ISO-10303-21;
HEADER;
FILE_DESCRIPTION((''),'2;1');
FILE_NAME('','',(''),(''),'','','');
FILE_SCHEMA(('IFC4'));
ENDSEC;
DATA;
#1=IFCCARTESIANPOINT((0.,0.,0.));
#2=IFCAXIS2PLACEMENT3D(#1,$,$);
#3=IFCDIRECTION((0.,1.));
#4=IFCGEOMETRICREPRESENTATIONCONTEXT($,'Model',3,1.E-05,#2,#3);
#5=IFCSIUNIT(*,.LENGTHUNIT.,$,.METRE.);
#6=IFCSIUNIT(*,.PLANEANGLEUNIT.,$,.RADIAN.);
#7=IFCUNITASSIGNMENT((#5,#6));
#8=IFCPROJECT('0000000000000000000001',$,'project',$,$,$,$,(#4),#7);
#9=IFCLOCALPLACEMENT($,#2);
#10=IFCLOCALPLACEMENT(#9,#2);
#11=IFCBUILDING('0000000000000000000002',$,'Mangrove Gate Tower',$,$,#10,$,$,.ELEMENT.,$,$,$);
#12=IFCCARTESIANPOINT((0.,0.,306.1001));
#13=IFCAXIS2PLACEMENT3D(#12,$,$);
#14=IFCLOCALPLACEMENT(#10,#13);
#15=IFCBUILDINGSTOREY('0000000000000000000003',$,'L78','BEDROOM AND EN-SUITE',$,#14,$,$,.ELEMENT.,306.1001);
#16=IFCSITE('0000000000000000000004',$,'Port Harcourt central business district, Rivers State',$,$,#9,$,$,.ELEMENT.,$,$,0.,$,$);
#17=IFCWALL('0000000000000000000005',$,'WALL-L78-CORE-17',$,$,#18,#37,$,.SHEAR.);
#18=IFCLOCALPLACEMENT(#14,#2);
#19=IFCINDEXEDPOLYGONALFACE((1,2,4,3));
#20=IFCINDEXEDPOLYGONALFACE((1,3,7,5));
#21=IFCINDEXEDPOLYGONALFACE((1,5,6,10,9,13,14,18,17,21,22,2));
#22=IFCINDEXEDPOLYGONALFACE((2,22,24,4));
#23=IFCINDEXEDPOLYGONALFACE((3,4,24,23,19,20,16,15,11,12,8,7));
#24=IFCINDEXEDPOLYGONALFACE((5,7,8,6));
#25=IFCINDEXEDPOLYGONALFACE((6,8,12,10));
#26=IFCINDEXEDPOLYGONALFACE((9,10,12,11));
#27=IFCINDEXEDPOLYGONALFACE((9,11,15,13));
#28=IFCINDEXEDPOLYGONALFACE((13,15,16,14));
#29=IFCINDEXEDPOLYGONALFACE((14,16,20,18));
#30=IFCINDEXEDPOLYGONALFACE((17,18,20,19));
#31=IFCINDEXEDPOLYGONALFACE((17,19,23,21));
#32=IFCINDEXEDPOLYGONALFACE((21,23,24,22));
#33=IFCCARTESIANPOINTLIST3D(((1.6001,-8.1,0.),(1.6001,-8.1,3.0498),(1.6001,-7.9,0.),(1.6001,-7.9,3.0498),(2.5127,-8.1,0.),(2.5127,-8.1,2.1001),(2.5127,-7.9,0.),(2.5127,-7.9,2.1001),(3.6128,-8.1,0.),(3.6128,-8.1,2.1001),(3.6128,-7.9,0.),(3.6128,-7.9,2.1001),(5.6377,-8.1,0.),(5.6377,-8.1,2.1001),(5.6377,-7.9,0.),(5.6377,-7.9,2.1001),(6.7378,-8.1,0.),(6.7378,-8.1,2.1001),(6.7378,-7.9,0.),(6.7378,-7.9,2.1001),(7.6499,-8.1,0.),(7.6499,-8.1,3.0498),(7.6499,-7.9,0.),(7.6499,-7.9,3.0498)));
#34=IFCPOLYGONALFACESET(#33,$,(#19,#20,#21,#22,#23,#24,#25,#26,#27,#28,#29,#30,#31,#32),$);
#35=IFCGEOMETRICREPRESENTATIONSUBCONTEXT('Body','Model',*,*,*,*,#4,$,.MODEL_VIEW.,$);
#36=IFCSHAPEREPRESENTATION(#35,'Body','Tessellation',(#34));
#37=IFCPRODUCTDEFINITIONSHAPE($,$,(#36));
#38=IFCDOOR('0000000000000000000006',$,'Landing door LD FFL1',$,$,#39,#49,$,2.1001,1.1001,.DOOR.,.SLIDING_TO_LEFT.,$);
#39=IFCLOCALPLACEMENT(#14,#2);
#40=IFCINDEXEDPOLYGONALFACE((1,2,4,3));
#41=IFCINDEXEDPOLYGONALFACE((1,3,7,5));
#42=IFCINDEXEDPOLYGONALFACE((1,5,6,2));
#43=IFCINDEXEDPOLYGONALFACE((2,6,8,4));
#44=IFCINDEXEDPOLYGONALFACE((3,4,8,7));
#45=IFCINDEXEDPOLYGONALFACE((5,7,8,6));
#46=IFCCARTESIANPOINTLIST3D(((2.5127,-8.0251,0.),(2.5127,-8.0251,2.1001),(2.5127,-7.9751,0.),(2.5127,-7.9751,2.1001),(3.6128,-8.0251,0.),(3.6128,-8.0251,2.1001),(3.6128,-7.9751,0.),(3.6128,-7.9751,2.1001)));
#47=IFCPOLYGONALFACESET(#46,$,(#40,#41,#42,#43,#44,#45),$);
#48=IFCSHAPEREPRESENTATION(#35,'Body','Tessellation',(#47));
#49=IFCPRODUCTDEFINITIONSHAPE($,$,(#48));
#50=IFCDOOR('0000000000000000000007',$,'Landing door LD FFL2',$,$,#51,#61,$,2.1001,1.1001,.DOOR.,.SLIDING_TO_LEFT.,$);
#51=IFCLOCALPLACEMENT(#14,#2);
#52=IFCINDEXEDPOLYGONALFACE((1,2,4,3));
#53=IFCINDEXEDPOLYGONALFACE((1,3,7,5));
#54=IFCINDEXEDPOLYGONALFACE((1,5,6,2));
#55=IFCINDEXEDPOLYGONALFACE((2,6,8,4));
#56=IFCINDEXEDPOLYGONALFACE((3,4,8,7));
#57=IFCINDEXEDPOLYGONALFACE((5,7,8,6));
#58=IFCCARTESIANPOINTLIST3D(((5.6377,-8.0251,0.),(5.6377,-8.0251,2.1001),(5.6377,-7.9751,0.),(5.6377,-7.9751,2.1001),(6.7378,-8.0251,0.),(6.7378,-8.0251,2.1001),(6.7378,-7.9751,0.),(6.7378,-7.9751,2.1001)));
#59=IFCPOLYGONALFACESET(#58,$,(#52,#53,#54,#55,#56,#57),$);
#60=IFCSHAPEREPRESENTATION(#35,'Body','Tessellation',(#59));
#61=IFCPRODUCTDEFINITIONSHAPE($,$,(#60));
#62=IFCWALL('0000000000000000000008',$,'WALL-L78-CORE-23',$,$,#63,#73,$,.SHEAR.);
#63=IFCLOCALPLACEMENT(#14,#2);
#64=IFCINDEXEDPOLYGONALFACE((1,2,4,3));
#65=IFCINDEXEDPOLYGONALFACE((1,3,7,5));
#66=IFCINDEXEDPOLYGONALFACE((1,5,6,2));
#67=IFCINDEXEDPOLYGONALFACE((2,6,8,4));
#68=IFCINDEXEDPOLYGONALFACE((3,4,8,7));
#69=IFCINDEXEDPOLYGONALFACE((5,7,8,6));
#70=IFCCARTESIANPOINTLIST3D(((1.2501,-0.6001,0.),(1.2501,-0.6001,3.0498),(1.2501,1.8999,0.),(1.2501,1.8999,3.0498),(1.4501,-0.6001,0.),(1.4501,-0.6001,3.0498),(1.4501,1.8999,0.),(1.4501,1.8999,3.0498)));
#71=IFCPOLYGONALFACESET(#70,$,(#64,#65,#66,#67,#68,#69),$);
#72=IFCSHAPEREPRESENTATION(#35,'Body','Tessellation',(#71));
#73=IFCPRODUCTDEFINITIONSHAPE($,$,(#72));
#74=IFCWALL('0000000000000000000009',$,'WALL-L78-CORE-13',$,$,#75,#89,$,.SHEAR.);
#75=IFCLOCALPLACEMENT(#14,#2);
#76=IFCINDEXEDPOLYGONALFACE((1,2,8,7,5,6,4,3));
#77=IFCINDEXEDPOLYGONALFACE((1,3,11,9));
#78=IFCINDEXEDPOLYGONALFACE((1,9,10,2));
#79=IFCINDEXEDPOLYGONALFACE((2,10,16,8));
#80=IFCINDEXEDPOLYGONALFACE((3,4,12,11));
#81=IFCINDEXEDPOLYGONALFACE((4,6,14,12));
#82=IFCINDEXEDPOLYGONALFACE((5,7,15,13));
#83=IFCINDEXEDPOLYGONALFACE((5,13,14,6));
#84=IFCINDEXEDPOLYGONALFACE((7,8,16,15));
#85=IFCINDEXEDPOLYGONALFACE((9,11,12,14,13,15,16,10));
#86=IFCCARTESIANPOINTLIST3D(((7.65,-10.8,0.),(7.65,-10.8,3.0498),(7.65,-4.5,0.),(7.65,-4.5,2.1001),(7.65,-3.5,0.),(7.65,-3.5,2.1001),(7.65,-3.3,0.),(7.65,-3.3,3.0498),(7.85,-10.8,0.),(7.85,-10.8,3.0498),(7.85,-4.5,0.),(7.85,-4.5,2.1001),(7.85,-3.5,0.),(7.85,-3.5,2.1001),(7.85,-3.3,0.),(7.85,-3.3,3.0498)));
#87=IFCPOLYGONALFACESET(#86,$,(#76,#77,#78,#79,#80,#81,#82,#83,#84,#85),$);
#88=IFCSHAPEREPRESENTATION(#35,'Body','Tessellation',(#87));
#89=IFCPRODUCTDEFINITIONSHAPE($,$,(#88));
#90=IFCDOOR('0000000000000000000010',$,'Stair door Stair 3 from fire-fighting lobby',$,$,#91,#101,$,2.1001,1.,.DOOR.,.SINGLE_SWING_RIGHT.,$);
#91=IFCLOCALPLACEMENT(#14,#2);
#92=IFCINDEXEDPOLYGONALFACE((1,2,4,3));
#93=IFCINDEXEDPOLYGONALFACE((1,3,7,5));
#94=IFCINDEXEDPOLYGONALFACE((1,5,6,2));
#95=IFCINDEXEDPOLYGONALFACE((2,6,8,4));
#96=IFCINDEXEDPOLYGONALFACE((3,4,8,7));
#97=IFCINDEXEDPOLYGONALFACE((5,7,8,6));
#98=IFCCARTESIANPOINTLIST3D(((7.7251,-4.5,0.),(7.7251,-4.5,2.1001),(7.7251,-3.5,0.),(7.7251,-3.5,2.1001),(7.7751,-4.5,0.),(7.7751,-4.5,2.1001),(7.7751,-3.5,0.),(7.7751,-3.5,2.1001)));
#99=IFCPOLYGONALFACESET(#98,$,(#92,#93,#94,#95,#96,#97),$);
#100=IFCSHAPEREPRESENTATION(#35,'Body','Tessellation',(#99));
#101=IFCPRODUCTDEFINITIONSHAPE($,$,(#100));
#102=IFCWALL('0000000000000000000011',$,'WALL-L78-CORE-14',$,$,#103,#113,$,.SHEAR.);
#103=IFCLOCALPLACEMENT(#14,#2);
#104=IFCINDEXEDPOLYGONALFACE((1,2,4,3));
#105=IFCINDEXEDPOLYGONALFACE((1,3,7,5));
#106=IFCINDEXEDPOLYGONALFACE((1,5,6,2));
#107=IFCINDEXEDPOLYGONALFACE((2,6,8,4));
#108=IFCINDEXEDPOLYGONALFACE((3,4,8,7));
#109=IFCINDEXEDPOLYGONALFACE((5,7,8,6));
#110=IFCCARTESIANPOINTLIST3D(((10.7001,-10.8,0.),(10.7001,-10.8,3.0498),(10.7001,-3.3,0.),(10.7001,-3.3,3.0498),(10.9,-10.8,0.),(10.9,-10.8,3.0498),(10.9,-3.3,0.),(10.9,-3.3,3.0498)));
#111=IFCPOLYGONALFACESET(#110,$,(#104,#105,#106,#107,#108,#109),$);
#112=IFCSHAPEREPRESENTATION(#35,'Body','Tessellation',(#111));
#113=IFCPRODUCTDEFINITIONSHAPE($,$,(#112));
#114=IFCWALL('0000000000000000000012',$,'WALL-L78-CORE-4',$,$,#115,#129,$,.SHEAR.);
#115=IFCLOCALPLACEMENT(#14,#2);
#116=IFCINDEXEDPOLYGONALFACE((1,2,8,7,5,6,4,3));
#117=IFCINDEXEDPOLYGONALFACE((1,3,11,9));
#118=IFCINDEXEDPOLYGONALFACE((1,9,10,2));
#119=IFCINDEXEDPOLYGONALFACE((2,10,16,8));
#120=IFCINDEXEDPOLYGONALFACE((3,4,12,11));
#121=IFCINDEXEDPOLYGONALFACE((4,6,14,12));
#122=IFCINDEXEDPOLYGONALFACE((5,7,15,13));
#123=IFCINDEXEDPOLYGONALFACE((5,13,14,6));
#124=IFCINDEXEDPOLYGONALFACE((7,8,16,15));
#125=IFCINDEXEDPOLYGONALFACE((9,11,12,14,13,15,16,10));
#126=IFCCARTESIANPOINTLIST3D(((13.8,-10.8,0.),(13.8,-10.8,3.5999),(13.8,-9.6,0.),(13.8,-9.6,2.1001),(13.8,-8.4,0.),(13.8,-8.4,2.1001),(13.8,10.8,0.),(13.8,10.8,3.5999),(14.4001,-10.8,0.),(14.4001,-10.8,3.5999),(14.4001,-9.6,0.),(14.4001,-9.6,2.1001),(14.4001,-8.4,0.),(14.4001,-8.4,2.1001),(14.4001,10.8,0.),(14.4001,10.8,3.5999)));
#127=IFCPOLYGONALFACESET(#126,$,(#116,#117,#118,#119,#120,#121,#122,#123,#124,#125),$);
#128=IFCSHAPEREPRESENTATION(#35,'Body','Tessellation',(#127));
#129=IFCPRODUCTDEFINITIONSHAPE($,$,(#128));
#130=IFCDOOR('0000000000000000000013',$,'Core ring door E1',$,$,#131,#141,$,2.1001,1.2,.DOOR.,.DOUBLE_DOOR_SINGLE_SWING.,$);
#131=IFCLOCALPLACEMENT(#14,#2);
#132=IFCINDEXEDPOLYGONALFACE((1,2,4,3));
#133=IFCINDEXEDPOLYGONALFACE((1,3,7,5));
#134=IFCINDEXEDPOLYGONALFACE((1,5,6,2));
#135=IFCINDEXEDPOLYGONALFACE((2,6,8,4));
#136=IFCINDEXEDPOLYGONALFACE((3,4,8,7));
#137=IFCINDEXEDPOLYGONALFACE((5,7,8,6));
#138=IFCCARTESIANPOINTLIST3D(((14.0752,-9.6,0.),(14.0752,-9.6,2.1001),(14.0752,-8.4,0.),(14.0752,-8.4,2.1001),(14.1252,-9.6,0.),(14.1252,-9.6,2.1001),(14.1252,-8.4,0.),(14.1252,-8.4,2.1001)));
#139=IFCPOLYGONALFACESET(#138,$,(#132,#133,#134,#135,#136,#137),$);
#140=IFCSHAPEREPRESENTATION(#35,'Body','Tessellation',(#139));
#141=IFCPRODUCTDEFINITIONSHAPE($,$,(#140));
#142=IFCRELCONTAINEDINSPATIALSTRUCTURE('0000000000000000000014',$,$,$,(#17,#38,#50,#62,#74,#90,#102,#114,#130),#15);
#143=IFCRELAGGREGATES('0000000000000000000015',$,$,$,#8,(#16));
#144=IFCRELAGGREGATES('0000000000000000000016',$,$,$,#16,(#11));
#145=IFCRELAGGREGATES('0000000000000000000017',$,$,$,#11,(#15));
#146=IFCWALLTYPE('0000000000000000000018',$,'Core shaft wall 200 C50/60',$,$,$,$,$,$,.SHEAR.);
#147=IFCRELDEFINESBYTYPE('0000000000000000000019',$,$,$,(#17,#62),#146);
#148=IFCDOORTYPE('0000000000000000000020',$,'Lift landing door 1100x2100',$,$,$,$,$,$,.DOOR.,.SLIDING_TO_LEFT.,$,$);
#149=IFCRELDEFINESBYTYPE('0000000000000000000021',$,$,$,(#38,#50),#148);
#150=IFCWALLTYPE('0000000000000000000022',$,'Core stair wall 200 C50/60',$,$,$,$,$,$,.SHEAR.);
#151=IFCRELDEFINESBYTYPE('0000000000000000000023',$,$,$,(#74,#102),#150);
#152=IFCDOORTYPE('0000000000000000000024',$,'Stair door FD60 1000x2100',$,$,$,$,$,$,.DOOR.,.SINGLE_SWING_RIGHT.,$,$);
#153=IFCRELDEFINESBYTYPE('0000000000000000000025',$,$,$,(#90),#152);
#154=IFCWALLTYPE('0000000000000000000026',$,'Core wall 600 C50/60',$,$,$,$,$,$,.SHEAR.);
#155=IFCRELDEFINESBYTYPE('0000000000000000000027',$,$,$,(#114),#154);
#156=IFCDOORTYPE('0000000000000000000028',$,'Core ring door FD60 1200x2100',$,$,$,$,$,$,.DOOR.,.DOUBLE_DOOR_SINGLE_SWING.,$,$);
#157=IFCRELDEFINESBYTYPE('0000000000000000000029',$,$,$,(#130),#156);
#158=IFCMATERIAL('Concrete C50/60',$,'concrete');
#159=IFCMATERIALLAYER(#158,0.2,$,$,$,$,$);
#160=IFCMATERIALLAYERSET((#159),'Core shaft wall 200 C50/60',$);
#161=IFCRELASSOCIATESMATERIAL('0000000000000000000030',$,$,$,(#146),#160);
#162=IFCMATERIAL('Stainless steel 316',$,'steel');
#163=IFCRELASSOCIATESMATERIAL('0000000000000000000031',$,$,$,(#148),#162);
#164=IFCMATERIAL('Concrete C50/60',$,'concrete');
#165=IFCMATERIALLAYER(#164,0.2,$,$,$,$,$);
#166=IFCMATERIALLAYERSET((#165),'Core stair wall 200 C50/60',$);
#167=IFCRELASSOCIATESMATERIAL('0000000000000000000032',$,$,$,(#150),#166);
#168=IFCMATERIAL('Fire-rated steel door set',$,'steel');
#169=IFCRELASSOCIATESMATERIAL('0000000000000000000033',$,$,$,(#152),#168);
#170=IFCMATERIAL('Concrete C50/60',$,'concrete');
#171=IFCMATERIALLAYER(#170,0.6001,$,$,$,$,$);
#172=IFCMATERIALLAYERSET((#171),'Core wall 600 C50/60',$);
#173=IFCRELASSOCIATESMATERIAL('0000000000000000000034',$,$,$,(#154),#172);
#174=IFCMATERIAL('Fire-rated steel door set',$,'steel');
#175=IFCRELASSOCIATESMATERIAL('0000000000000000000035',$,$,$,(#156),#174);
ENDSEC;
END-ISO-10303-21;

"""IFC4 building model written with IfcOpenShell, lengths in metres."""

from ifc_helpers import new_model, si_unit, direction, frame, frame_2d, origin, place, context, subcontext, project, spatial, rectangle, extrude, material, layer, layer_set, type_object, element, fill, save


model = new_model("IFC4")

# Units and contexts
model_context = context("Model", 3, precision=1e-05, world=origin(), true_north=direction((0.0, 1.0)))
body_context = subcontext(model_context, "Body", "Model", "MODEL_VIEW")
ifc_project = project(units=[si_unit("LENGTHUNIT", "METRE"), si_unit("PLANEANGLEUNIT", "RADIAN")], contexts=[model_context])

# Site, building, storey
site_placement = place(None, origin())
site = spatial("IfcSite", under=ifc_project, at=site_placement, Name="Port Harcourt central business district, Rivers State", CompositionType="ELEMENT", RefElevation=0.0)
building_placement = place(site_placement, origin())
building = spatial("IfcBuilding", under=site, at=building_placement, Name="Mangrove Gate Tower", CompositionType="ELEMENT")
storey_placement = place(building_placement, frame((0.0, 0.0, 306.1001)))
storey = spatial("IfcBuildingStorey", under=building, at=storey_placement, Name="L78", Description="BEDROOM AND EN-SUITE", CompositionType="ELEMENT", Elevation=306.1001)

# Wall, openings, doors
ifc_material_1 = material(Name="Concrete C50/60", Category="concrete")
ifc_layer_1 = layer(ifc_material_1, 0.2)
ifc_layer_set_1 = layer_set([ifc_layer_1], Name="Core shaft wall 200 C50/60")
wall_type_1 = type_object("IfcWallType", Name="Core shaft wall 200 C50/60", PredefinedType="SHEAR", material=ifc_layer_set_1)
wall_1_placement = place(storey_placement, frame((1.6001, -8.0, 0.0), z_axis=(0.0, 0.0, 1.0), x_axis=(1.0, 0.0, 0.0)))
wall_1 = element("IfcWall", 1, at=wall_1_placement, inside=storey, type_object=wall_type_1, Name="WALL-L78-CORE-17", PredefinedType="SHEAR", context=body_context, shape_type="SweptSolid", body=[
    extrude(rectangle(XDim=6.0498, YDim=0.2, at=frame_2d((3.0249, 0.0))), origin(), (0.0, 0.0, 1.0), 3.0498),
])
opening_1_placement = place(wall_1_placement, frame((0.9126, 0.0, 0.0)))
opening_1 = element("IfcOpeningElement", 2, at=opening_1_placement, cuts=wall_1, PredefinedType="OPENING", context=body_context, shape_type="SweptSolid", body=[
    extrude(rectangle(XDim=1.1001, YDim=2.1001, at=frame_2d((0.55, 1.05))), frame((0.0, 0.1099, 0.0), z_axis=(0.0, -1.0, 0.0), x_axis=(1.0, 0.0, 0.0)), (0.0, 0.0, 1.0), 0.22),
])
opening_2_placement = place(wall_1_placement, frame((4.0376, 0.0, 0.0)))
opening_2 = element("IfcOpeningElement", 3, at=opening_2_placement, cuts=wall_1, PredefinedType="OPENING", context=body_context, shape_type="SweptSolid", body=[
    extrude(rectangle(XDim=1.1001, YDim=2.1001, at=frame_2d((0.55, 1.05))), frame((0.0, 0.1099, 0.0), z_axis=(0.0, -1.0, 0.0), x_axis=(1.0, 0.0, 0.0)), (0.0, 0.0, 1.0), 0.22),
])
ifc_material_2 = material(Name="Stainless steel 316", Category="steel")
door_type_1 = type_object("IfcDoorType", Name="Lift landing door 1100x2100", OperationType="SLIDING_TO_LEFT", PredefinedType="DOOR", material=ifc_material_2)
door_1_placement = place(opening_1_placement, origin())
door_1 = element("IfcDoor", 4, at=door_1_placement, inside=storey, type_object=door_type_1, Name="Landing door LD FFL1", OperationType="SLIDING_TO_LEFT", OverallHeight=2.1001, OverallWidth=1.1001, PredefinedType="DOOR", context=body_context, shape_type="SweptSolid", body=[
    extrude(rectangle(XDim=1.1001, YDim=2.1001, at=frame_2d((0.55, 1.05))), frame((0.0, 0.0249, 0.0), z_axis=(0.0, -1.0, 0.0), x_axis=(1.0, 0.0, 0.0)), (0.0, 0.0, 1.0), 0.05),
])
fill(opening_1, door_1)
door_2_placement = place(opening_2_placement, origin())
door_2 = element("IfcDoor", 5, at=door_2_placement, inside=storey, type_object=door_type_1, Name="Landing door LD FFL2", OperationType="SLIDING_TO_LEFT", OverallHeight=2.1001, OverallWidth=1.1001, PredefinedType="DOOR", context=body_context, shape_type="SweptSolid", body=[
    extrude(rectangle(XDim=1.1001, YDim=2.1001, at=frame_2d((0.55, 1.05))), frame((0.0, 0.0249, 0.0), z_axis=(0.0, -1.0, 0.0), x_axis=(1.0, 0.0, 0.0)), (0.0, 0.0, 1.0), 0.05),
])
fill(opening_2, door_2)

# Wall
wall_2_placement = place(storey_placement, frame((1.3501, -0.6001, 0.0), z_axis=(0.0, 0.0, 1.0), x_axis=(0.0, 1.0, 0.0)))
element("IfcWall", 6, at=wall_2_placement, inside=storey, type_object=wall_type_1, Name="WALL-L78-CORE-23", PredefinedType="SHEAR", context=body_context, shape_type="SweptSolid", body=[
    extrude(rectangle(XDim=2.5, YDim=0.2, at=frame_2d((1.25, 0.0))), origin(), (0.0, 0.0, 1.0), 3.0498),
])

# Wall, opening, door
ifc_material_3 = material(Name="Concrete C50/60", Category="concrete")
ifc_layer_2 = layer(ifc_material_3, 0.2)
ifc_layer_set_2 = layer_set([ifc_layer_2], Name="Core stair wall 200 C50/60")
wall_type_2 = type_object("IfcWallType", Name="Core stair wall 200 C50/60", PredefinedType="SHEAR", material=ifc_layer_set_2)
wall_3_placement = place(storey_placement, frame((7.75, -10.8, 0.0), z_axis=(0.0, 0.0, 1.0), x_axis=(0.0, 1.0, 0.0)))
wall_3 = element("IfcWall", 7, at=wall_3_placement, inside=storey, type_object=wall_type_2, Name="WALL-L78-CORE-13", PredefinedType="SHEAR", context=body_context, shape_type="SweptSolid", body=[
    extrude(rectangle(XDim=7.5, YDim=0.2, at=frame_2d((3.75, 0.0))), origin(), (0.0, 0.0, 1.0), 3.0498),
])
opening_3_placement = place(wall_3_placement, frame((6.3, 0.0, 0.0)))
opening_3 = element("IfcOpeningElement", 8, at=opening_3_placement, cuts=wall_3, PredefinedType="OPENING", context=body_context, shape_type="SweptSolid", body=[
    extrude(rectangle(XDim=1.0, YDim=2.1001, at=frame_2d((0.5, 1.05))), frame((0.0, 0.1099, 0.0), z_axis=(0.0, -1.0, 0.0), x_axis=(1.0, 0.0, 0.0)), (0.0, 0.0, 1.0), 0.22),
])
ifc_material_4 = material(Name="Fire-rated steel door set", Category="steel")
door_type_2 = type_object("IfcDoorType", Name="Stair door FD60 1000x2100", OperationType="SINGLE_SWING_RIGHT", PredefinedType="DOOR", material=ifc_material_4)
door_3_placement = place(opening_3_placement, origin())
door_3 = element("IfcDoor", 9, at=door_3_placement, inside=storey, type_object=door_type_2, Name="Stair door Stair 3 from fire-fighting lobby", OperationType="SINGLE_SWING_RIGHT", OverallHeight=2.1001, OverallWidth=1.0, PredefinedType="DOOR", context=body_context, shape_type="SweptSolid", body=[
    extrude(rectangle(XDim=1.0, YDim=2.1001, at=frame_2d((0.5, 1.05))), frame((0.0, 0.0249, 0.0), z_axis=(0.0, -1.0, 0.0), x_axis=(1.0, 0.0, 0.0)), (0.0, 0.0, 1.0), 0.05),
])
fill(opening_3, door_3)

# Wall
wall_4_placement = place(storey_placement, frame((10.8, -10.8, 0.0), z_axis=(0.0, 0.0, 1.0), x_axis=(0.0, 1.0, 0.0)))
element("IfcWall", 10, at=wall_4_placement, inside=storey, type_object=wall_type_2, Name="WALL-L78-CORE-14", PredefinedType="SHEAR", context=body_context, shape_type="SweptSolid", body=[
    extrude(rectangle(XDim=7.5, YDim=0.2, at=frame_2d((3.75, 0.0))), origin(), (0.0, 0.0, 1.0), 3.0498),
])

# Wall, opening, door
ifc_material_5 = material(Name="Concrete C50/60", Category="concrete")
ifc_layer_3 = layer(ifc_material_5, 0.6001)
ifc_layer_set_3 = layer_set([ifc_layer_3], Name="Core wall 600 C50/60")
wall_type_3 = type_object("IfcWallType", Name="Core wall 600 C50/60", PredefinedType="SHEAR", material=ifc_layer_set_3)
wall_5_placement = place(storey_placement, frame((14.1001, -10.8, 0.0), z_axis=(0.0, 0.0, 1.0), x_axis=(0.0, 1.0, 0.0)))
wall_5 = element("IfcWall", 11, at=wall_5_placement, inside=storey, type_object=wall_type_3, Name="WALL-L78-CORE-4", PredefinedType="SHEAR", context=body_context, shape_type="SweptSolid", body=[
    extrude(rectangle(XDim=21.6001, YDim=0.6001, at=frame_2d((10.8, 0.0))), origin(), (0.0, 0.0, 1.0), 3.5999),
])
opening_4_placement = place(wall_5_placement, frame((1.2, 0.0, 0.0)))
opening_4 = element("IfcOpeningElement", 12, at=opening_4_placement, cuts=wall_5, PredefinedType="OPENING", context=body_context, shape_type="SweptSolid", body=[
    extrude(rectangle(XDim=1.2, YDim=2.1001, at=frame_2d((0.6001, 1.05))), frame((0.0, 0.3101, 0.0), z_axis=(0.0, -1.0, 0.0), x_axis=(1.0, 0.0, 0.0)), (0.0, 0.0, 1.0), 0.6201),
])
ifc_material_6 = material(Name="Fire-rated steel door set", Category="steel")
door_type_3 = type_object("IfcDoorType", Name="Core ring door FD60 1200x2100", OperationType="DOUBLE_DOOR_SINGLE_SWING", PredefinedType="DOOR", material=ifc_material_6)
door_4_placement = place(opening_4_placement, origin())
door_4 = element("IfcDoor", 13, at=door_4_placement, inside=storey, type_object=door_type_3, Name="Core ring door E1", OperationType="DOUBLE_DOOR_SINGLE_SWING", OverallHeight=2.1001, OverallWidth=1.2, PredefinedType="DOOR", context=body_context, shape_type="SweptSolid", body=[
    extrude(rectangle(XDim=1.2, YDim=2.1001, at=frame_2d((0.6001, 1.05))), frame((0.0, 0.0249, 0.0), z_axis=(0.0, -1.0, 0.0), x_axis=(1.0, 0.0, 0.0)), (0.0, 0.0, 1.0), 0.05),
])
fill(opening_4, door_4)

save(model, "model.ifc")
